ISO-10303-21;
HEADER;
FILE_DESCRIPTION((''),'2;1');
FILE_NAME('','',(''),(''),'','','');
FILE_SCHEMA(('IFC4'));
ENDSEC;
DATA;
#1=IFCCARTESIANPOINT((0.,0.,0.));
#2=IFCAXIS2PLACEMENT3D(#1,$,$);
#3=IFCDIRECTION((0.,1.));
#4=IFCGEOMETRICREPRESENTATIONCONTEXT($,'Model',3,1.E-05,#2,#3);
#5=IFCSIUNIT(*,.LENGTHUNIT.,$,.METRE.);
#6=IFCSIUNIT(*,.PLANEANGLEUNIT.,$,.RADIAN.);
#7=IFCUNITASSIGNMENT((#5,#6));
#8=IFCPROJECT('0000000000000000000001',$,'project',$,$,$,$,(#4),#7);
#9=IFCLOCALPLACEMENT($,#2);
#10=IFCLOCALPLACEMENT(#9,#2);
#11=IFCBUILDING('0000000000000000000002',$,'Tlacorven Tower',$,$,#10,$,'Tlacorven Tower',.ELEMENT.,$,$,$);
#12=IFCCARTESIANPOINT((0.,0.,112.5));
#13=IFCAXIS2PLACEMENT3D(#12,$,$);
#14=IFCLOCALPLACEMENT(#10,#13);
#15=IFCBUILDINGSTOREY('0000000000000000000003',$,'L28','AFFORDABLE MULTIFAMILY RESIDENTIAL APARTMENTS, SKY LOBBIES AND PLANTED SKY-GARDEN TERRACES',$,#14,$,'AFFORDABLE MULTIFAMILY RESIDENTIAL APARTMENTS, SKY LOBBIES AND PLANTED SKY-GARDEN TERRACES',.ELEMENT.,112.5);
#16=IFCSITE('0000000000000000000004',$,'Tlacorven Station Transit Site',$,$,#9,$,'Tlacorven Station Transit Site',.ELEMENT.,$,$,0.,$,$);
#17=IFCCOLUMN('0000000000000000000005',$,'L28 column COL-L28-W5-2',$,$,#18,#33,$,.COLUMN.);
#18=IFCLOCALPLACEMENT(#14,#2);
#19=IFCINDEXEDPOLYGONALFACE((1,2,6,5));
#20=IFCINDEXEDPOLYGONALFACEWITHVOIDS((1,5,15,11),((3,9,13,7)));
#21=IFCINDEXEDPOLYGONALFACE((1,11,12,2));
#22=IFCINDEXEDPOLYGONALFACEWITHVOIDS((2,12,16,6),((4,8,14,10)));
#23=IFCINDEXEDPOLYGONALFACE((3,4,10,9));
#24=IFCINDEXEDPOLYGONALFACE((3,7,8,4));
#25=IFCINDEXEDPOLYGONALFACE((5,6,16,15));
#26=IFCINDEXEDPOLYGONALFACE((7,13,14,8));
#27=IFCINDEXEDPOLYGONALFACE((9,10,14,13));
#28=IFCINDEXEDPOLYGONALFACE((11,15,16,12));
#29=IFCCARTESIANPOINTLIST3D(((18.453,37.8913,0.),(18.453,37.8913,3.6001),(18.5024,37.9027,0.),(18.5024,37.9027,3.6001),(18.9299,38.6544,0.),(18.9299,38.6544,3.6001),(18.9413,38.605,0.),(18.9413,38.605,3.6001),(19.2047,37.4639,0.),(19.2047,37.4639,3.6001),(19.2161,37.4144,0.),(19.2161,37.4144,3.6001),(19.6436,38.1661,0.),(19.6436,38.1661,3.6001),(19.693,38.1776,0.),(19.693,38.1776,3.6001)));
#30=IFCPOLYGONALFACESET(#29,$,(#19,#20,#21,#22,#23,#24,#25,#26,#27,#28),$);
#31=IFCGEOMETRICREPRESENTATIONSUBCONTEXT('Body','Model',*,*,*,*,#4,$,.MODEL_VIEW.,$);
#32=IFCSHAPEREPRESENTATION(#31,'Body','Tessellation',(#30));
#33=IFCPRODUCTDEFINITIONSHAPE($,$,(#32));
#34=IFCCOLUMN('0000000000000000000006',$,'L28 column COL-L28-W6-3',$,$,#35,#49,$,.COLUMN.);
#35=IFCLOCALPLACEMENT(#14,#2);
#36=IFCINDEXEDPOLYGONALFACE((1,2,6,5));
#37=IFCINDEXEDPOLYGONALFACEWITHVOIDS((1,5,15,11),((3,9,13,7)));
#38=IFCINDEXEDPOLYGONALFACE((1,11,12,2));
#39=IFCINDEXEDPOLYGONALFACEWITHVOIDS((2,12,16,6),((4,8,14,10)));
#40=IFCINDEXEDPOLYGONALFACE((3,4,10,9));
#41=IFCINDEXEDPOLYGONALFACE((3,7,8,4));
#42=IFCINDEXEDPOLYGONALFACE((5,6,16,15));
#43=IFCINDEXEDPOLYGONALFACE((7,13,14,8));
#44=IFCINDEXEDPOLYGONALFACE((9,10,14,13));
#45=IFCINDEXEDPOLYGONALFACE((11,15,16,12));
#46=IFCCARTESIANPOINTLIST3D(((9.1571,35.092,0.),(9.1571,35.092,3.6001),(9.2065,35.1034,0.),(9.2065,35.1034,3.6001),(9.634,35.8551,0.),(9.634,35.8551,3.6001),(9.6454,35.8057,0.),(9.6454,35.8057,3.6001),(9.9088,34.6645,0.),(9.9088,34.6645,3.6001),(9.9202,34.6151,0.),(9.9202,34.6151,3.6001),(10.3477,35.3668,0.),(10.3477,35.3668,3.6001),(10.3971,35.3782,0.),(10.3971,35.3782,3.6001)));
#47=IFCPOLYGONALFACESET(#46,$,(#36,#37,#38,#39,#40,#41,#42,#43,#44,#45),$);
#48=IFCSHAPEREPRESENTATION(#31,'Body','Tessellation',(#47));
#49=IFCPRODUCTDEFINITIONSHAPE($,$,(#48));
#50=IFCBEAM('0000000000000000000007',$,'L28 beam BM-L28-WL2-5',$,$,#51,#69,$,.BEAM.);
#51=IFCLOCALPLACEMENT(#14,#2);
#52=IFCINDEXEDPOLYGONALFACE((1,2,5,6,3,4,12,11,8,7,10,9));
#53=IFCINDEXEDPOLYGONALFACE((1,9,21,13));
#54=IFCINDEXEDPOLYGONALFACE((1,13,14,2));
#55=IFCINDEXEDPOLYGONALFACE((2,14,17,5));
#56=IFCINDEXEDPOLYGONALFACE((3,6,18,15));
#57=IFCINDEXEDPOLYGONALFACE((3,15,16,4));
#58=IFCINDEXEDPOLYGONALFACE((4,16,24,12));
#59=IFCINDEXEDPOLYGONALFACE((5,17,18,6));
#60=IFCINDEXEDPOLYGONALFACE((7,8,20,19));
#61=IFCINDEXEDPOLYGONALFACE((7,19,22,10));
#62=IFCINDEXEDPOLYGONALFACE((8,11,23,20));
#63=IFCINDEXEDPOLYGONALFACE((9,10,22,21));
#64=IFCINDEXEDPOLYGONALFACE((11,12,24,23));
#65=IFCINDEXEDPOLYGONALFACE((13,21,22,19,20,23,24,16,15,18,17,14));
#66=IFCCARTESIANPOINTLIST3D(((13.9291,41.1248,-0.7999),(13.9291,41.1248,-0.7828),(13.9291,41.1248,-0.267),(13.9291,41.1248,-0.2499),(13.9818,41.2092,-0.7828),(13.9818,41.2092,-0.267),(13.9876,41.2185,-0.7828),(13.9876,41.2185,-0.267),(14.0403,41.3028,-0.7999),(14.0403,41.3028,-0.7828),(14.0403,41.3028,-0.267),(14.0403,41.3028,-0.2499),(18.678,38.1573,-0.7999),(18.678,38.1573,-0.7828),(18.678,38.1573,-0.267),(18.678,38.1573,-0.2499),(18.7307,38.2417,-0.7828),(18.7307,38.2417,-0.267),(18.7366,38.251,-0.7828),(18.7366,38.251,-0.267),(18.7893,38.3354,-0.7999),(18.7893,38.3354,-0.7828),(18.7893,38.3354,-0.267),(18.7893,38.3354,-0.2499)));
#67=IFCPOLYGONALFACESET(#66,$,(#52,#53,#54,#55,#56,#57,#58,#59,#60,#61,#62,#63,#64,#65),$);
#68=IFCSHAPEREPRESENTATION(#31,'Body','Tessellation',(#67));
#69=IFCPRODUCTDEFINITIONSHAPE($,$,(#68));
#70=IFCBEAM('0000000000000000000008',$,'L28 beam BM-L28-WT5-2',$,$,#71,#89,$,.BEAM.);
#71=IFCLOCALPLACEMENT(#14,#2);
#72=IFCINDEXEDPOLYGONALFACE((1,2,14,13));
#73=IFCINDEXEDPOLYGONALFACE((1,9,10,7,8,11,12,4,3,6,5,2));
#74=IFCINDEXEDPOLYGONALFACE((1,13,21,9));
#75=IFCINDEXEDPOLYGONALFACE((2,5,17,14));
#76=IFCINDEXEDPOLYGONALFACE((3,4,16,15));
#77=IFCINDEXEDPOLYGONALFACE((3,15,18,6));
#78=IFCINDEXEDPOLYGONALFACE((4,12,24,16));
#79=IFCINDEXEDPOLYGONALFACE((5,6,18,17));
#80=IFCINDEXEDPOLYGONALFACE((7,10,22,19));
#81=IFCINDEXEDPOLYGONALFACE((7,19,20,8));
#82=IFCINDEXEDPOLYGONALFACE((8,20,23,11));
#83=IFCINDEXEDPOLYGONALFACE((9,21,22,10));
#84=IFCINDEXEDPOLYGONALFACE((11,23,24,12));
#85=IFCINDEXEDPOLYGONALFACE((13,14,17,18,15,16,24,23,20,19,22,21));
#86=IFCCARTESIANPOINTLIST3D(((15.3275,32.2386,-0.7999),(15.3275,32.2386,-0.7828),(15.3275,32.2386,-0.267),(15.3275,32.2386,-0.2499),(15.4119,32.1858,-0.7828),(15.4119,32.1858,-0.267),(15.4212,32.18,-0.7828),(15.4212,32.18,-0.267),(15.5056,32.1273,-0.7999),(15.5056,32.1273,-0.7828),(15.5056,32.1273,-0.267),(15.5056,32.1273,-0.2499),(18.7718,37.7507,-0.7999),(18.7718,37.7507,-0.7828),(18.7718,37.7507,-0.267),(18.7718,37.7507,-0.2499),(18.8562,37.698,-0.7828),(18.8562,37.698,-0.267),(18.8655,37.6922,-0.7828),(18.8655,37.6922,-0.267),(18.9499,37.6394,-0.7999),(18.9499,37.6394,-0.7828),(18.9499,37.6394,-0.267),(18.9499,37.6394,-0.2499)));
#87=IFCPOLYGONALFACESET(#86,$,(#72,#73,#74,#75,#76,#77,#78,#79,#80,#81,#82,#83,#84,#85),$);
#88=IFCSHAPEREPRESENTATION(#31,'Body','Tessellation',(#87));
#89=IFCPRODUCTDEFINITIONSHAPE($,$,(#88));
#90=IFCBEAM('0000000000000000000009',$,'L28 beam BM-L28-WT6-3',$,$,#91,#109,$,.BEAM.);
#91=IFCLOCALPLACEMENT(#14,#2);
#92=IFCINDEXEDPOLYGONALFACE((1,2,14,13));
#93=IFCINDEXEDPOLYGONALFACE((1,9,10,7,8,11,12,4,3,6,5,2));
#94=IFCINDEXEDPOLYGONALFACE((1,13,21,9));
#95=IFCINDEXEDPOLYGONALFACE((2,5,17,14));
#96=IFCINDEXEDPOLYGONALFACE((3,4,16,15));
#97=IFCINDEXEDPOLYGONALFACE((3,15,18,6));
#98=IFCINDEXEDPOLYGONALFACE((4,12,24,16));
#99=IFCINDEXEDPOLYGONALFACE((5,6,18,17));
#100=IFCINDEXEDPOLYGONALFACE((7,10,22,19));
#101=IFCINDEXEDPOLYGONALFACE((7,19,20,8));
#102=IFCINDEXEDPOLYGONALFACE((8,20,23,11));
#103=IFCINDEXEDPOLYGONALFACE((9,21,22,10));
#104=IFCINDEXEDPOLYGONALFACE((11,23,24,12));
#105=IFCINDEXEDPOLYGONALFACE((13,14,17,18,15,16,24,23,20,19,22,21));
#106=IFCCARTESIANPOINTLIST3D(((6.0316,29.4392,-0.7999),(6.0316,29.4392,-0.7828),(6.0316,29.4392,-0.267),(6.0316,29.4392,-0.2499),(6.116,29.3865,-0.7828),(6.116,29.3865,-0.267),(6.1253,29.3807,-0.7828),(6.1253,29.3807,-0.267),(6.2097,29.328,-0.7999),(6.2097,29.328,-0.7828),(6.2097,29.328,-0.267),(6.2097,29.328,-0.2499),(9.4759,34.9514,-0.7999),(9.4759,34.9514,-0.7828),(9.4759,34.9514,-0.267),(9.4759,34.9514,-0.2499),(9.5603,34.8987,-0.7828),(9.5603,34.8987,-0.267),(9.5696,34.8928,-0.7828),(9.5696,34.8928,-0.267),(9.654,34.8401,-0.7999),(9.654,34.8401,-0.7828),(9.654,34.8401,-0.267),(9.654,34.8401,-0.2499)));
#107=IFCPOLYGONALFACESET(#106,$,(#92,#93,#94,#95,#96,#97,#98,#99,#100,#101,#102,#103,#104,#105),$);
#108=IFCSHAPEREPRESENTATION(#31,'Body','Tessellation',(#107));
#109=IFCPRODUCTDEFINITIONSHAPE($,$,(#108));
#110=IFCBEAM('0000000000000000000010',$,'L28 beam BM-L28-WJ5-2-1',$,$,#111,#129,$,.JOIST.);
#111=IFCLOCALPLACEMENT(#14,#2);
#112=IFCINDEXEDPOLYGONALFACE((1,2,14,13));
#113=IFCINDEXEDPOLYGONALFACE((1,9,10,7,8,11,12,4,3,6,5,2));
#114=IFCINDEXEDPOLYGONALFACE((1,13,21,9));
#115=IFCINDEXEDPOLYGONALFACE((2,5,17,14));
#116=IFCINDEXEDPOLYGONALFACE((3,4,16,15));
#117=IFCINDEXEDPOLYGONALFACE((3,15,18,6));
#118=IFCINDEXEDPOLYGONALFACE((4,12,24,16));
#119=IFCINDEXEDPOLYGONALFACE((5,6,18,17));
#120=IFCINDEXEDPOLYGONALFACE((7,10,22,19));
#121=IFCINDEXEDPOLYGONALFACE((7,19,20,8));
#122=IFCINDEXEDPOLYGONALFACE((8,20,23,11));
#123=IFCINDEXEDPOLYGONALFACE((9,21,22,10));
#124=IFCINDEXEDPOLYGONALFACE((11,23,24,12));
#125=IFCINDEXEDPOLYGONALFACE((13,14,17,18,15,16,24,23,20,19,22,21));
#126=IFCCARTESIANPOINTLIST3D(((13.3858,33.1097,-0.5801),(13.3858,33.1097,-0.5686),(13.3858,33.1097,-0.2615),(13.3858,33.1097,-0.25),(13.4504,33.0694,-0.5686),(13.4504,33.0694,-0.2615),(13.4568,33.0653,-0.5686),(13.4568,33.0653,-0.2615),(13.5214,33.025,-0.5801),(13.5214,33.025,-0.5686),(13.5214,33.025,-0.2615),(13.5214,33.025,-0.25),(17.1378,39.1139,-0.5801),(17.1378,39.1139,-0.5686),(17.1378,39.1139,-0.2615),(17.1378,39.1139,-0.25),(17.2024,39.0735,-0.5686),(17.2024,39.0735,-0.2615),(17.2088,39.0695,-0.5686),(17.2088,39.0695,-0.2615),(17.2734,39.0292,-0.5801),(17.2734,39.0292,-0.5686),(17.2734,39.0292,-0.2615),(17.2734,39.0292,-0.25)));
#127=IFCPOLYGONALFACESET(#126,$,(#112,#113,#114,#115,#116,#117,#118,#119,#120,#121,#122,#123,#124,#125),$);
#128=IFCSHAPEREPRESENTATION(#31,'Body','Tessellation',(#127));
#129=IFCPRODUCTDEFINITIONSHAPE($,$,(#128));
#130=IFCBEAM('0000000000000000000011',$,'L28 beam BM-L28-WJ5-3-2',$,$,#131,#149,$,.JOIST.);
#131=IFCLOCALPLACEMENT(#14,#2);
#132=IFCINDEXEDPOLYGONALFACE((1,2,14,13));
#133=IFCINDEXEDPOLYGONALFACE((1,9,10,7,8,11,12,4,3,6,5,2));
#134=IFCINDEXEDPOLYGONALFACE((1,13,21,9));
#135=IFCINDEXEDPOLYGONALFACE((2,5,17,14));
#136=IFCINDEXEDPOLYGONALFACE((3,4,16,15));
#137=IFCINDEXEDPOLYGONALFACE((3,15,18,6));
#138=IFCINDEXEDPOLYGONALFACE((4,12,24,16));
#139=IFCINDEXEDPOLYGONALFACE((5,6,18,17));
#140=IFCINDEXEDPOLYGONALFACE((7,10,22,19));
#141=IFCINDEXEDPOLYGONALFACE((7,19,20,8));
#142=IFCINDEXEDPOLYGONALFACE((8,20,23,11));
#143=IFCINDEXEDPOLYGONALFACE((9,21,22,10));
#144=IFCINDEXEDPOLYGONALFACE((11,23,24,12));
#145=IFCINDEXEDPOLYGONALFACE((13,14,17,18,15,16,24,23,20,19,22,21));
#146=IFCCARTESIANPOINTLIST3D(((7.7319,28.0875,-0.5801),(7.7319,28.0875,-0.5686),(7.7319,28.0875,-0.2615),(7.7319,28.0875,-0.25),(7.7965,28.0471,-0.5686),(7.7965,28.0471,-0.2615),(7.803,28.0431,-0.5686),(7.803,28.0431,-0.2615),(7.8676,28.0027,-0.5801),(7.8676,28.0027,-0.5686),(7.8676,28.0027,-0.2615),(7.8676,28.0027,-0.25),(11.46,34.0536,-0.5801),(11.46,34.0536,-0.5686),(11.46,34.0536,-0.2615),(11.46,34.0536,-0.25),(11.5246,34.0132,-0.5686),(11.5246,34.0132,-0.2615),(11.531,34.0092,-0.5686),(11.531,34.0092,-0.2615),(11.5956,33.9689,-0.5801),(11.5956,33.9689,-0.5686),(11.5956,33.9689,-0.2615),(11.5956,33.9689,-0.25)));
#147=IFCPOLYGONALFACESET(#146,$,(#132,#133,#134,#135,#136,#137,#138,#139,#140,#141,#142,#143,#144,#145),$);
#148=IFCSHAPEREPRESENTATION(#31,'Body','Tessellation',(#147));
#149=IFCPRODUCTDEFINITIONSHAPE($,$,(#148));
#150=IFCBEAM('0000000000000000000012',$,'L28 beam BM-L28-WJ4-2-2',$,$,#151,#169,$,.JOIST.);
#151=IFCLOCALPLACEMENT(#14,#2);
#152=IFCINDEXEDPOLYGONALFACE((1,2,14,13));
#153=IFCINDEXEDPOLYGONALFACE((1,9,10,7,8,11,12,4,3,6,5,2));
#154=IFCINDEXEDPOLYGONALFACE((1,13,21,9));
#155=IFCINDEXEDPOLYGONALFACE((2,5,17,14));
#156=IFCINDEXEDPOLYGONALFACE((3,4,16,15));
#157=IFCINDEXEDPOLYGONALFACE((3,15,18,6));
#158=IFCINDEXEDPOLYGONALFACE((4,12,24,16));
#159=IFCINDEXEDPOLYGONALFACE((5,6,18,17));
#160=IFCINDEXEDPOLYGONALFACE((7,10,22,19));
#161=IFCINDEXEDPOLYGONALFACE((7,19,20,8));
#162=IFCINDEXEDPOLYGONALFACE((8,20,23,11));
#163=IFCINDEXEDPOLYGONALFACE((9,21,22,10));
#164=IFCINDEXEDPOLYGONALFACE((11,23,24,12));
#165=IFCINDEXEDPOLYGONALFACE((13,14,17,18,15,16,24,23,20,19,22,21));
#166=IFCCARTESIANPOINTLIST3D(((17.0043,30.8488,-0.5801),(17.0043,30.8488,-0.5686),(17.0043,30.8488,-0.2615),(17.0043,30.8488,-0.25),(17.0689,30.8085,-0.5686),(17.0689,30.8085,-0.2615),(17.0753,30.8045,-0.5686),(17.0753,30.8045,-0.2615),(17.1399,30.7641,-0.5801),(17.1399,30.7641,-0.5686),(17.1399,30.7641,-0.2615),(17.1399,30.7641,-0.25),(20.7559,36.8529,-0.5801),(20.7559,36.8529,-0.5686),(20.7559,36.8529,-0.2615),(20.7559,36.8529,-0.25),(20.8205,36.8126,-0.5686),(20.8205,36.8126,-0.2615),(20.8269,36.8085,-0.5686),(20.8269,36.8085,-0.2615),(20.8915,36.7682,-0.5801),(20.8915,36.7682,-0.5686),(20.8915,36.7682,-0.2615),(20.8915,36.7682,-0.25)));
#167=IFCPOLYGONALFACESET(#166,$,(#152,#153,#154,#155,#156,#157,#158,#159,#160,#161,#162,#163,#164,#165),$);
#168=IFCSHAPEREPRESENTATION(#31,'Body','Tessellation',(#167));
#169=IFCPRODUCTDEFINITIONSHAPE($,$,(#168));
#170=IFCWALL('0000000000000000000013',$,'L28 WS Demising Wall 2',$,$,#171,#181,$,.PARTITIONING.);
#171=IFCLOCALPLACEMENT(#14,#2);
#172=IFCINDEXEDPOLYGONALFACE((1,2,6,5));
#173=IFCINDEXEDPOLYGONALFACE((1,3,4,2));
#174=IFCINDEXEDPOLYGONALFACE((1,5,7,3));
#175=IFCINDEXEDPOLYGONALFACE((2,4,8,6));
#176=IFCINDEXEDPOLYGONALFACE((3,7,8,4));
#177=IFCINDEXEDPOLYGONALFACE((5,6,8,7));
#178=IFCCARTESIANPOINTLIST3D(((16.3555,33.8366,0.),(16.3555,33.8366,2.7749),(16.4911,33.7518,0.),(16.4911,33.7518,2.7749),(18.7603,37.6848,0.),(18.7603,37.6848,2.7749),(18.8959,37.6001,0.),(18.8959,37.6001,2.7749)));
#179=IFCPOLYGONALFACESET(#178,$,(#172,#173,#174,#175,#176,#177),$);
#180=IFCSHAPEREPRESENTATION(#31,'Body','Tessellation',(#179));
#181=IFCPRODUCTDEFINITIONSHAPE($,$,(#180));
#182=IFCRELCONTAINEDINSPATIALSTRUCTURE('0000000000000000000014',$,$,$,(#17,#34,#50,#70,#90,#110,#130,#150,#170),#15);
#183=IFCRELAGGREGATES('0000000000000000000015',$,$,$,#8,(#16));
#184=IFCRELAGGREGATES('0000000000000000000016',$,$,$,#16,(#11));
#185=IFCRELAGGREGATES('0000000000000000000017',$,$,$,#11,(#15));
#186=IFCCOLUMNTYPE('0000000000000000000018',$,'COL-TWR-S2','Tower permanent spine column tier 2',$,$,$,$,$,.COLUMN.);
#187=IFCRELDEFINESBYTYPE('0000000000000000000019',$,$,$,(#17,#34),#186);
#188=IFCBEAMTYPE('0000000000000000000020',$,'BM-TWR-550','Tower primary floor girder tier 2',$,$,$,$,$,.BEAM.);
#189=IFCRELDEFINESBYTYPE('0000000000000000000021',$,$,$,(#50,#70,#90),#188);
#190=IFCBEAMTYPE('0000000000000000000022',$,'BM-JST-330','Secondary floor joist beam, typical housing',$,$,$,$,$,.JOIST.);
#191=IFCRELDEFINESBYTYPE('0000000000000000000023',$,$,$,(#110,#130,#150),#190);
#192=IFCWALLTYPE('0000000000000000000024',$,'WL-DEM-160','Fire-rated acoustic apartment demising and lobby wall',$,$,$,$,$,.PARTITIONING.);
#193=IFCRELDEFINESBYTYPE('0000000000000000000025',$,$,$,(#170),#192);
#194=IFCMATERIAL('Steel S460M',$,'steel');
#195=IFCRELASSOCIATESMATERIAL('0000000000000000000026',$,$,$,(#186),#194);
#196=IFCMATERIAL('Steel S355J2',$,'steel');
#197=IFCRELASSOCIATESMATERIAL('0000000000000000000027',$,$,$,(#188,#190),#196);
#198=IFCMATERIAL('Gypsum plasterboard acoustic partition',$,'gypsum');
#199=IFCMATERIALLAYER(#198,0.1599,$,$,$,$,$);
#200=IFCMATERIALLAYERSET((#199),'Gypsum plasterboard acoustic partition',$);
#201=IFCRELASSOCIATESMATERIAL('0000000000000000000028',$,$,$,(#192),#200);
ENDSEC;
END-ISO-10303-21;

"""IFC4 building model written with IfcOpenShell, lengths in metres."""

from ifc_helpers import new_model, si_unit, direction, frame, frame_2d, origin, origin_2d, place, context, subcontext, project, spatial, rectangle, hollow_rectangle, i_section, extrude, source, transform, mapped, material, layer, layer_set, material_profile, profile_set, type_object, element, save


model = new_model("IFC4")

# Units and contexts
model_context = context("Model", 3, precision=1e-05, world=origin(), true_north=direction((0.0, 1.0)))
body_context = subcontext(model_context, "Body", "Model", "MODEL_VIEW")
ifc_project = project(units=[si_unit("LENGTHUNIT", "METRE"), si_unit("PLANEANGLEUNIT", "RADIAN")], contexts=[model_context])

# Site, building, storey
site_placement = place(None, origin())
site = spatial("IfcSite", under=ifc_project, at=site_placement, Name="Tlacorven Station Transit Site", LongName="Tlacorven Station Transit Site", CompositionType="ELEMENT", RefElevation=0.0)
building_placement = place(site_placement, origin())
building = spatial("IfcBuilding", under=site, at=building_placement, Name="Tlacorven Tower", LongName="Tlacorven Tower", CompositionType="ELEMENT")
storey_placement = place(building_placement, frame((0.0, 0.0, 112.5)))
storey = spatial("IfcBuildingStorey", under=building, at=storey_placement, Name="L28", Description="AFFORDABLE MULTIFAMILY RESIDENTIAL APARTMENTS, SKY LOBBIES AND PLANTED SKY-GARDEN TERRACES", LongName="AFFORDABLE MULTIFAMILY RESIDENTIAL APARTMENTS, SKY LOBBIES AND PLANTED SKY-GARDEN TERRACES", CompositionType="ELEMENT", Elevation=112.5)

# Columns
ifc_material_1 = material(Name="Steel S460M", Category="steel")
ifc_material_profile_1 = material_profile(ifc_material_1, hollow_rectangle(XDim=0.8999, YDim=0.8999, WallThickness=0.0359, at=origin_2d()), Name="BOX 900X900X36")
ifc_profile_set_1 = profile_set([ifc_material_profile_1], Name="Steel S460M")
column_type = type_object("IfcColumnType", Name="COL-TWR-S2", Description="Tower permanent spine column tier 2", PredefinedType="COLUMN", material=ifc_profile_set_1)
shared_shape_1 = source(origin(), body_context, "Body", "SweptSolid", [
    extrude(hollow_rectangle(XDim=0.8999, YDim=0.8999, WallThickness=0.0359, at=origin_2d()), origin(), (0.0, 0.0, 1.0), 3.6001),
])
for number, where, z_axis, x_axis, name in (
    (1, (19.073, 38.0344, 0.0), (0.0, 0.0, 1.0), (-0.848048, 0.529919, 0.0), "L28 column COL-L28-W5-2"),
    (2, (9.7771, 35.2351, 0.0), (0.0, 0.0, 1.0), (-0.848048, 0.529919, 0.0), "L28 column COL-L28-W6-3"),
):
    element("IfcColumn", number, at=place(storey_placement, frame(where, z_axis=z_axis, x_axis=x_axis)), inside=storey, type_object=column_type, Name=name, PredefinedType="COLUMN", context=body_context, shape_type="MappedRepresentation", body=[
        mapped(shared_shape_1, transform((0.0, 0.0, 0.0), scale=1.0)),
    ])

# Beams
ifc_material_2 = material(Name="Steel S355J2", Category="steel")
ifc_material_profile_2 = material_profile(ifc_material_2, i_section(OverallWidth=0.21, OverallDepth=0.55, WebThickness=0.011, FlangeThickness=0.0171, at=origin_2d()), Name="IPE 550")
ifc_profile_set_2 = profile_set([ifc_material_profile_2], Name="Steel S355J2")
beam_type_1 = type_object("IfcBeamType", Name="BM-TWR-550", Description="Tower primary floor girder tier 2", PredefinedType="BEAM", material=ifc_profile_set_2)
shared_shape_2 = source(origin(), body_context, "Body", "SweptSolid", [
    extrude(i_section(OverallWidth=0.21, OverallDepth=0.55, WebThickness=0.011, FlangeThickness=0.0171, at=origin_2d()), origin(), (0.0, 0.0, 1.0), 5.5999),
])
beam_1_placement = place(storey_placement, frame((18.7336, 38.2463, -0.5249), z_axis=(-0.848047, 0.529921, 0.0), x_axis=(-0.529921, -0.848047, 0.0)))
element("IfcBeam", 3, at=beam_1_placement, inside=storey, type_object=beam_type_1, Name="L28 beam BM-L28-WL2-5", PredefinedType="BEAM", context=body_context, shape_type="MappedRepresentation", body=[
    mapped(shared_shape_2, transform((0.0, 0.0, 0.0), scale=1.0)),
])
shared_shape_3 = source(origin(), body_context, "Body", "SweptSolid", [
    extrude(i_section(OverallWidth=0.21, OverallDepth=0.55, WebThickness=0.011, FlangeThickness=0.0171, at=origin_2d()), origin(), (0.0, 0.0, 1.0), 6.4998),
])
for number, where, z_axis, x_axis, name in (
    (4, (18.8608, 37.6951, -0.5249), (-0.529911, -0.848053, 0.0), (0.848053, -0.529911, 0.0), "L28 beam BM-L28-WT5-2"),
    (5, (9.5649, 34.8958, -0.5249), (-0.529911, -0.848053, 0.0), (0.848053, -0.529911, 0.0), "L28 beam BM-L28-WT6-3"),
):
    element("IfcBeam", number, at=place(storey_placement, frame(where, z_axis=z_axis, x_axis=x_axis)), inside=storey, type_object=beam_type_1, Name=name, PredefinedType="BEAM", context=body_context, shape_type="MappedRepresentation", body=[
        mapped(shared_shape_3, transform((0.0, 0.0, 0.0), scale=1.0)),
    ])
ifc_material_profile_3 = material_profile(ifc_material_2, i_section(OverallWidth=0.1599, OverallDepth=0.3301, WebThickness=0.0076, FlangeThickness=0.0115, at=origin_2d()), Name="IPE 330")
ifc_profile_set_3 = profile_set([ifc_material_profile_3], Name="Steel S355J2")
beam_type_2 = type_object("IfcBeamType", Name="BM-JST-330", Description="Secondary floor joist beam, typical housing", PredefinedType="JOIST", material=ifc_profile_set_3)
shared_shape_4 = source(origin(), body_context, "Body", "SweptSolid", [
    extrude(i_section(OverallWidth=0.1599, OverallDepth=0.3301, WebThickness=0.0076, FlangeThickness=0.0115, at=origin_2d()), origin(), (0.0, 0.0, 1.0), 7.0801),
])
beam_2_placement = place(storey_placement, frame((17.2056, 39.0715, -0.415), z_axis=(-0.529934, -0.848039, 0.0), x_axis=(0.848039, -0.529934, 0.0)))
element("IfcBeam", 6, at=beam_2_placement, inside=storey, type_object=beam_type_2, Name="L28 beam BM-L28-WJ5-2-1", PredefinedType="JOIST", context=body_context, shape_type="MappedRepresentation", body=[
    mapped(shared_shape_4, transform((0.0, 0.0, 0.0), scale=1.0)),
])
shared_shape_5 = source(origin(), body_context, "Body", "SweptSolid", [
    extrude(i_section(OverallWidth=0.1599, OverallDepth=0.3301, WebThickness=0.0076, FlangeThickness=0.0115, at=origin_2d()), origin(), (0.0, 0.0, 1.0), 7.0352),
])
beam_3_placement = place(storey_placement, frame((11.5278, 34.0112, -0.415), z_axis=(-0.529921, -0.848047, 0.0), x_axis=(0.848047, -0.529921, 0.0)))
element("IfcBeam", 7, at=beam_3_placement, inside=storey, type_object=beam_type_2, Name="L28 beam BM-L28-WJ5-3-2", PredefinedType="JOIST", context=body_context, shape_type="MappedRepresentation", body=[
    mapped(shared_shape_5, transform((0.0, 0.0, 0.0), scale=1.0)),
])
shared_shape_6 = source(origin(), body_context, "Body", "SweptSolid", [
    extrude(i_section(OverallWidth=0.1599, OverallDepth=0.3301, WebThickness=0.0076, FlangeThickness=0.0115, at=origin_2d()), origin(), (0.0, 0.0, 1.0), 7.0798),
])
beam_4_placement = place(storey_placement, frame((20.8237, 36.8105, -0.415), z_axis=(-0.529909, -0.848054, 0.0), x_axis=(0.848054, -0.529909, 0.0)))
element("IfcBeam", 8, at=beam_4_placement, inside=storey, type_object=beam_type_2, Name="L28 beam BM-L28-WJ4-2-2", PredefinedType="JOIST", context=body_context, shape_type="MappedRepresentation", body=[
    mapped(shared_shape_6, transform((0.0, 0.0, 0.0), scale=1.0)),
])

# Wall
ifc_material_3 = material(Name="Gypsum plasterboard acoustic partition", Category="gypsum")
ifc_layer_1 = layer(ifc_material_3, 0.1599)
ifc_layer_set_1 = layer_set([ifc_layer_1], Name="Gypsum plasterboard acoustic partition")
wall_type_1 = type_object("IfcWallType", Name="WL-DEM-160", Description="Fire-rated acoustic apartment demising and lobby wall", PredefinedType="PARTITIONING", material=ifc_layer_set_1)
wall_1_placement = place(storey_placement, frame((18.8281, 37.6426, 0.0), z_axis=(0.0, 0.0, 1.0), x_axis=(-0.529926, -0.848044, 0.0)))
element("IfcWall", 9, at=wall_1_placement, inside=storey, type_object=wall_type_1, Name="L28 WS Demising Wall 2", PredefinedType="PARTITIONING", context=body_context, shape_type="SweptSolid", body=[
    extrude(rectangle(XDim=4.5378, YDim=0.1599, at=frame_2d((2.269, 0.0))), origin(), (0.0, 0.0, 1.0), 2.7749),
])

save(model, "model.ifc")
